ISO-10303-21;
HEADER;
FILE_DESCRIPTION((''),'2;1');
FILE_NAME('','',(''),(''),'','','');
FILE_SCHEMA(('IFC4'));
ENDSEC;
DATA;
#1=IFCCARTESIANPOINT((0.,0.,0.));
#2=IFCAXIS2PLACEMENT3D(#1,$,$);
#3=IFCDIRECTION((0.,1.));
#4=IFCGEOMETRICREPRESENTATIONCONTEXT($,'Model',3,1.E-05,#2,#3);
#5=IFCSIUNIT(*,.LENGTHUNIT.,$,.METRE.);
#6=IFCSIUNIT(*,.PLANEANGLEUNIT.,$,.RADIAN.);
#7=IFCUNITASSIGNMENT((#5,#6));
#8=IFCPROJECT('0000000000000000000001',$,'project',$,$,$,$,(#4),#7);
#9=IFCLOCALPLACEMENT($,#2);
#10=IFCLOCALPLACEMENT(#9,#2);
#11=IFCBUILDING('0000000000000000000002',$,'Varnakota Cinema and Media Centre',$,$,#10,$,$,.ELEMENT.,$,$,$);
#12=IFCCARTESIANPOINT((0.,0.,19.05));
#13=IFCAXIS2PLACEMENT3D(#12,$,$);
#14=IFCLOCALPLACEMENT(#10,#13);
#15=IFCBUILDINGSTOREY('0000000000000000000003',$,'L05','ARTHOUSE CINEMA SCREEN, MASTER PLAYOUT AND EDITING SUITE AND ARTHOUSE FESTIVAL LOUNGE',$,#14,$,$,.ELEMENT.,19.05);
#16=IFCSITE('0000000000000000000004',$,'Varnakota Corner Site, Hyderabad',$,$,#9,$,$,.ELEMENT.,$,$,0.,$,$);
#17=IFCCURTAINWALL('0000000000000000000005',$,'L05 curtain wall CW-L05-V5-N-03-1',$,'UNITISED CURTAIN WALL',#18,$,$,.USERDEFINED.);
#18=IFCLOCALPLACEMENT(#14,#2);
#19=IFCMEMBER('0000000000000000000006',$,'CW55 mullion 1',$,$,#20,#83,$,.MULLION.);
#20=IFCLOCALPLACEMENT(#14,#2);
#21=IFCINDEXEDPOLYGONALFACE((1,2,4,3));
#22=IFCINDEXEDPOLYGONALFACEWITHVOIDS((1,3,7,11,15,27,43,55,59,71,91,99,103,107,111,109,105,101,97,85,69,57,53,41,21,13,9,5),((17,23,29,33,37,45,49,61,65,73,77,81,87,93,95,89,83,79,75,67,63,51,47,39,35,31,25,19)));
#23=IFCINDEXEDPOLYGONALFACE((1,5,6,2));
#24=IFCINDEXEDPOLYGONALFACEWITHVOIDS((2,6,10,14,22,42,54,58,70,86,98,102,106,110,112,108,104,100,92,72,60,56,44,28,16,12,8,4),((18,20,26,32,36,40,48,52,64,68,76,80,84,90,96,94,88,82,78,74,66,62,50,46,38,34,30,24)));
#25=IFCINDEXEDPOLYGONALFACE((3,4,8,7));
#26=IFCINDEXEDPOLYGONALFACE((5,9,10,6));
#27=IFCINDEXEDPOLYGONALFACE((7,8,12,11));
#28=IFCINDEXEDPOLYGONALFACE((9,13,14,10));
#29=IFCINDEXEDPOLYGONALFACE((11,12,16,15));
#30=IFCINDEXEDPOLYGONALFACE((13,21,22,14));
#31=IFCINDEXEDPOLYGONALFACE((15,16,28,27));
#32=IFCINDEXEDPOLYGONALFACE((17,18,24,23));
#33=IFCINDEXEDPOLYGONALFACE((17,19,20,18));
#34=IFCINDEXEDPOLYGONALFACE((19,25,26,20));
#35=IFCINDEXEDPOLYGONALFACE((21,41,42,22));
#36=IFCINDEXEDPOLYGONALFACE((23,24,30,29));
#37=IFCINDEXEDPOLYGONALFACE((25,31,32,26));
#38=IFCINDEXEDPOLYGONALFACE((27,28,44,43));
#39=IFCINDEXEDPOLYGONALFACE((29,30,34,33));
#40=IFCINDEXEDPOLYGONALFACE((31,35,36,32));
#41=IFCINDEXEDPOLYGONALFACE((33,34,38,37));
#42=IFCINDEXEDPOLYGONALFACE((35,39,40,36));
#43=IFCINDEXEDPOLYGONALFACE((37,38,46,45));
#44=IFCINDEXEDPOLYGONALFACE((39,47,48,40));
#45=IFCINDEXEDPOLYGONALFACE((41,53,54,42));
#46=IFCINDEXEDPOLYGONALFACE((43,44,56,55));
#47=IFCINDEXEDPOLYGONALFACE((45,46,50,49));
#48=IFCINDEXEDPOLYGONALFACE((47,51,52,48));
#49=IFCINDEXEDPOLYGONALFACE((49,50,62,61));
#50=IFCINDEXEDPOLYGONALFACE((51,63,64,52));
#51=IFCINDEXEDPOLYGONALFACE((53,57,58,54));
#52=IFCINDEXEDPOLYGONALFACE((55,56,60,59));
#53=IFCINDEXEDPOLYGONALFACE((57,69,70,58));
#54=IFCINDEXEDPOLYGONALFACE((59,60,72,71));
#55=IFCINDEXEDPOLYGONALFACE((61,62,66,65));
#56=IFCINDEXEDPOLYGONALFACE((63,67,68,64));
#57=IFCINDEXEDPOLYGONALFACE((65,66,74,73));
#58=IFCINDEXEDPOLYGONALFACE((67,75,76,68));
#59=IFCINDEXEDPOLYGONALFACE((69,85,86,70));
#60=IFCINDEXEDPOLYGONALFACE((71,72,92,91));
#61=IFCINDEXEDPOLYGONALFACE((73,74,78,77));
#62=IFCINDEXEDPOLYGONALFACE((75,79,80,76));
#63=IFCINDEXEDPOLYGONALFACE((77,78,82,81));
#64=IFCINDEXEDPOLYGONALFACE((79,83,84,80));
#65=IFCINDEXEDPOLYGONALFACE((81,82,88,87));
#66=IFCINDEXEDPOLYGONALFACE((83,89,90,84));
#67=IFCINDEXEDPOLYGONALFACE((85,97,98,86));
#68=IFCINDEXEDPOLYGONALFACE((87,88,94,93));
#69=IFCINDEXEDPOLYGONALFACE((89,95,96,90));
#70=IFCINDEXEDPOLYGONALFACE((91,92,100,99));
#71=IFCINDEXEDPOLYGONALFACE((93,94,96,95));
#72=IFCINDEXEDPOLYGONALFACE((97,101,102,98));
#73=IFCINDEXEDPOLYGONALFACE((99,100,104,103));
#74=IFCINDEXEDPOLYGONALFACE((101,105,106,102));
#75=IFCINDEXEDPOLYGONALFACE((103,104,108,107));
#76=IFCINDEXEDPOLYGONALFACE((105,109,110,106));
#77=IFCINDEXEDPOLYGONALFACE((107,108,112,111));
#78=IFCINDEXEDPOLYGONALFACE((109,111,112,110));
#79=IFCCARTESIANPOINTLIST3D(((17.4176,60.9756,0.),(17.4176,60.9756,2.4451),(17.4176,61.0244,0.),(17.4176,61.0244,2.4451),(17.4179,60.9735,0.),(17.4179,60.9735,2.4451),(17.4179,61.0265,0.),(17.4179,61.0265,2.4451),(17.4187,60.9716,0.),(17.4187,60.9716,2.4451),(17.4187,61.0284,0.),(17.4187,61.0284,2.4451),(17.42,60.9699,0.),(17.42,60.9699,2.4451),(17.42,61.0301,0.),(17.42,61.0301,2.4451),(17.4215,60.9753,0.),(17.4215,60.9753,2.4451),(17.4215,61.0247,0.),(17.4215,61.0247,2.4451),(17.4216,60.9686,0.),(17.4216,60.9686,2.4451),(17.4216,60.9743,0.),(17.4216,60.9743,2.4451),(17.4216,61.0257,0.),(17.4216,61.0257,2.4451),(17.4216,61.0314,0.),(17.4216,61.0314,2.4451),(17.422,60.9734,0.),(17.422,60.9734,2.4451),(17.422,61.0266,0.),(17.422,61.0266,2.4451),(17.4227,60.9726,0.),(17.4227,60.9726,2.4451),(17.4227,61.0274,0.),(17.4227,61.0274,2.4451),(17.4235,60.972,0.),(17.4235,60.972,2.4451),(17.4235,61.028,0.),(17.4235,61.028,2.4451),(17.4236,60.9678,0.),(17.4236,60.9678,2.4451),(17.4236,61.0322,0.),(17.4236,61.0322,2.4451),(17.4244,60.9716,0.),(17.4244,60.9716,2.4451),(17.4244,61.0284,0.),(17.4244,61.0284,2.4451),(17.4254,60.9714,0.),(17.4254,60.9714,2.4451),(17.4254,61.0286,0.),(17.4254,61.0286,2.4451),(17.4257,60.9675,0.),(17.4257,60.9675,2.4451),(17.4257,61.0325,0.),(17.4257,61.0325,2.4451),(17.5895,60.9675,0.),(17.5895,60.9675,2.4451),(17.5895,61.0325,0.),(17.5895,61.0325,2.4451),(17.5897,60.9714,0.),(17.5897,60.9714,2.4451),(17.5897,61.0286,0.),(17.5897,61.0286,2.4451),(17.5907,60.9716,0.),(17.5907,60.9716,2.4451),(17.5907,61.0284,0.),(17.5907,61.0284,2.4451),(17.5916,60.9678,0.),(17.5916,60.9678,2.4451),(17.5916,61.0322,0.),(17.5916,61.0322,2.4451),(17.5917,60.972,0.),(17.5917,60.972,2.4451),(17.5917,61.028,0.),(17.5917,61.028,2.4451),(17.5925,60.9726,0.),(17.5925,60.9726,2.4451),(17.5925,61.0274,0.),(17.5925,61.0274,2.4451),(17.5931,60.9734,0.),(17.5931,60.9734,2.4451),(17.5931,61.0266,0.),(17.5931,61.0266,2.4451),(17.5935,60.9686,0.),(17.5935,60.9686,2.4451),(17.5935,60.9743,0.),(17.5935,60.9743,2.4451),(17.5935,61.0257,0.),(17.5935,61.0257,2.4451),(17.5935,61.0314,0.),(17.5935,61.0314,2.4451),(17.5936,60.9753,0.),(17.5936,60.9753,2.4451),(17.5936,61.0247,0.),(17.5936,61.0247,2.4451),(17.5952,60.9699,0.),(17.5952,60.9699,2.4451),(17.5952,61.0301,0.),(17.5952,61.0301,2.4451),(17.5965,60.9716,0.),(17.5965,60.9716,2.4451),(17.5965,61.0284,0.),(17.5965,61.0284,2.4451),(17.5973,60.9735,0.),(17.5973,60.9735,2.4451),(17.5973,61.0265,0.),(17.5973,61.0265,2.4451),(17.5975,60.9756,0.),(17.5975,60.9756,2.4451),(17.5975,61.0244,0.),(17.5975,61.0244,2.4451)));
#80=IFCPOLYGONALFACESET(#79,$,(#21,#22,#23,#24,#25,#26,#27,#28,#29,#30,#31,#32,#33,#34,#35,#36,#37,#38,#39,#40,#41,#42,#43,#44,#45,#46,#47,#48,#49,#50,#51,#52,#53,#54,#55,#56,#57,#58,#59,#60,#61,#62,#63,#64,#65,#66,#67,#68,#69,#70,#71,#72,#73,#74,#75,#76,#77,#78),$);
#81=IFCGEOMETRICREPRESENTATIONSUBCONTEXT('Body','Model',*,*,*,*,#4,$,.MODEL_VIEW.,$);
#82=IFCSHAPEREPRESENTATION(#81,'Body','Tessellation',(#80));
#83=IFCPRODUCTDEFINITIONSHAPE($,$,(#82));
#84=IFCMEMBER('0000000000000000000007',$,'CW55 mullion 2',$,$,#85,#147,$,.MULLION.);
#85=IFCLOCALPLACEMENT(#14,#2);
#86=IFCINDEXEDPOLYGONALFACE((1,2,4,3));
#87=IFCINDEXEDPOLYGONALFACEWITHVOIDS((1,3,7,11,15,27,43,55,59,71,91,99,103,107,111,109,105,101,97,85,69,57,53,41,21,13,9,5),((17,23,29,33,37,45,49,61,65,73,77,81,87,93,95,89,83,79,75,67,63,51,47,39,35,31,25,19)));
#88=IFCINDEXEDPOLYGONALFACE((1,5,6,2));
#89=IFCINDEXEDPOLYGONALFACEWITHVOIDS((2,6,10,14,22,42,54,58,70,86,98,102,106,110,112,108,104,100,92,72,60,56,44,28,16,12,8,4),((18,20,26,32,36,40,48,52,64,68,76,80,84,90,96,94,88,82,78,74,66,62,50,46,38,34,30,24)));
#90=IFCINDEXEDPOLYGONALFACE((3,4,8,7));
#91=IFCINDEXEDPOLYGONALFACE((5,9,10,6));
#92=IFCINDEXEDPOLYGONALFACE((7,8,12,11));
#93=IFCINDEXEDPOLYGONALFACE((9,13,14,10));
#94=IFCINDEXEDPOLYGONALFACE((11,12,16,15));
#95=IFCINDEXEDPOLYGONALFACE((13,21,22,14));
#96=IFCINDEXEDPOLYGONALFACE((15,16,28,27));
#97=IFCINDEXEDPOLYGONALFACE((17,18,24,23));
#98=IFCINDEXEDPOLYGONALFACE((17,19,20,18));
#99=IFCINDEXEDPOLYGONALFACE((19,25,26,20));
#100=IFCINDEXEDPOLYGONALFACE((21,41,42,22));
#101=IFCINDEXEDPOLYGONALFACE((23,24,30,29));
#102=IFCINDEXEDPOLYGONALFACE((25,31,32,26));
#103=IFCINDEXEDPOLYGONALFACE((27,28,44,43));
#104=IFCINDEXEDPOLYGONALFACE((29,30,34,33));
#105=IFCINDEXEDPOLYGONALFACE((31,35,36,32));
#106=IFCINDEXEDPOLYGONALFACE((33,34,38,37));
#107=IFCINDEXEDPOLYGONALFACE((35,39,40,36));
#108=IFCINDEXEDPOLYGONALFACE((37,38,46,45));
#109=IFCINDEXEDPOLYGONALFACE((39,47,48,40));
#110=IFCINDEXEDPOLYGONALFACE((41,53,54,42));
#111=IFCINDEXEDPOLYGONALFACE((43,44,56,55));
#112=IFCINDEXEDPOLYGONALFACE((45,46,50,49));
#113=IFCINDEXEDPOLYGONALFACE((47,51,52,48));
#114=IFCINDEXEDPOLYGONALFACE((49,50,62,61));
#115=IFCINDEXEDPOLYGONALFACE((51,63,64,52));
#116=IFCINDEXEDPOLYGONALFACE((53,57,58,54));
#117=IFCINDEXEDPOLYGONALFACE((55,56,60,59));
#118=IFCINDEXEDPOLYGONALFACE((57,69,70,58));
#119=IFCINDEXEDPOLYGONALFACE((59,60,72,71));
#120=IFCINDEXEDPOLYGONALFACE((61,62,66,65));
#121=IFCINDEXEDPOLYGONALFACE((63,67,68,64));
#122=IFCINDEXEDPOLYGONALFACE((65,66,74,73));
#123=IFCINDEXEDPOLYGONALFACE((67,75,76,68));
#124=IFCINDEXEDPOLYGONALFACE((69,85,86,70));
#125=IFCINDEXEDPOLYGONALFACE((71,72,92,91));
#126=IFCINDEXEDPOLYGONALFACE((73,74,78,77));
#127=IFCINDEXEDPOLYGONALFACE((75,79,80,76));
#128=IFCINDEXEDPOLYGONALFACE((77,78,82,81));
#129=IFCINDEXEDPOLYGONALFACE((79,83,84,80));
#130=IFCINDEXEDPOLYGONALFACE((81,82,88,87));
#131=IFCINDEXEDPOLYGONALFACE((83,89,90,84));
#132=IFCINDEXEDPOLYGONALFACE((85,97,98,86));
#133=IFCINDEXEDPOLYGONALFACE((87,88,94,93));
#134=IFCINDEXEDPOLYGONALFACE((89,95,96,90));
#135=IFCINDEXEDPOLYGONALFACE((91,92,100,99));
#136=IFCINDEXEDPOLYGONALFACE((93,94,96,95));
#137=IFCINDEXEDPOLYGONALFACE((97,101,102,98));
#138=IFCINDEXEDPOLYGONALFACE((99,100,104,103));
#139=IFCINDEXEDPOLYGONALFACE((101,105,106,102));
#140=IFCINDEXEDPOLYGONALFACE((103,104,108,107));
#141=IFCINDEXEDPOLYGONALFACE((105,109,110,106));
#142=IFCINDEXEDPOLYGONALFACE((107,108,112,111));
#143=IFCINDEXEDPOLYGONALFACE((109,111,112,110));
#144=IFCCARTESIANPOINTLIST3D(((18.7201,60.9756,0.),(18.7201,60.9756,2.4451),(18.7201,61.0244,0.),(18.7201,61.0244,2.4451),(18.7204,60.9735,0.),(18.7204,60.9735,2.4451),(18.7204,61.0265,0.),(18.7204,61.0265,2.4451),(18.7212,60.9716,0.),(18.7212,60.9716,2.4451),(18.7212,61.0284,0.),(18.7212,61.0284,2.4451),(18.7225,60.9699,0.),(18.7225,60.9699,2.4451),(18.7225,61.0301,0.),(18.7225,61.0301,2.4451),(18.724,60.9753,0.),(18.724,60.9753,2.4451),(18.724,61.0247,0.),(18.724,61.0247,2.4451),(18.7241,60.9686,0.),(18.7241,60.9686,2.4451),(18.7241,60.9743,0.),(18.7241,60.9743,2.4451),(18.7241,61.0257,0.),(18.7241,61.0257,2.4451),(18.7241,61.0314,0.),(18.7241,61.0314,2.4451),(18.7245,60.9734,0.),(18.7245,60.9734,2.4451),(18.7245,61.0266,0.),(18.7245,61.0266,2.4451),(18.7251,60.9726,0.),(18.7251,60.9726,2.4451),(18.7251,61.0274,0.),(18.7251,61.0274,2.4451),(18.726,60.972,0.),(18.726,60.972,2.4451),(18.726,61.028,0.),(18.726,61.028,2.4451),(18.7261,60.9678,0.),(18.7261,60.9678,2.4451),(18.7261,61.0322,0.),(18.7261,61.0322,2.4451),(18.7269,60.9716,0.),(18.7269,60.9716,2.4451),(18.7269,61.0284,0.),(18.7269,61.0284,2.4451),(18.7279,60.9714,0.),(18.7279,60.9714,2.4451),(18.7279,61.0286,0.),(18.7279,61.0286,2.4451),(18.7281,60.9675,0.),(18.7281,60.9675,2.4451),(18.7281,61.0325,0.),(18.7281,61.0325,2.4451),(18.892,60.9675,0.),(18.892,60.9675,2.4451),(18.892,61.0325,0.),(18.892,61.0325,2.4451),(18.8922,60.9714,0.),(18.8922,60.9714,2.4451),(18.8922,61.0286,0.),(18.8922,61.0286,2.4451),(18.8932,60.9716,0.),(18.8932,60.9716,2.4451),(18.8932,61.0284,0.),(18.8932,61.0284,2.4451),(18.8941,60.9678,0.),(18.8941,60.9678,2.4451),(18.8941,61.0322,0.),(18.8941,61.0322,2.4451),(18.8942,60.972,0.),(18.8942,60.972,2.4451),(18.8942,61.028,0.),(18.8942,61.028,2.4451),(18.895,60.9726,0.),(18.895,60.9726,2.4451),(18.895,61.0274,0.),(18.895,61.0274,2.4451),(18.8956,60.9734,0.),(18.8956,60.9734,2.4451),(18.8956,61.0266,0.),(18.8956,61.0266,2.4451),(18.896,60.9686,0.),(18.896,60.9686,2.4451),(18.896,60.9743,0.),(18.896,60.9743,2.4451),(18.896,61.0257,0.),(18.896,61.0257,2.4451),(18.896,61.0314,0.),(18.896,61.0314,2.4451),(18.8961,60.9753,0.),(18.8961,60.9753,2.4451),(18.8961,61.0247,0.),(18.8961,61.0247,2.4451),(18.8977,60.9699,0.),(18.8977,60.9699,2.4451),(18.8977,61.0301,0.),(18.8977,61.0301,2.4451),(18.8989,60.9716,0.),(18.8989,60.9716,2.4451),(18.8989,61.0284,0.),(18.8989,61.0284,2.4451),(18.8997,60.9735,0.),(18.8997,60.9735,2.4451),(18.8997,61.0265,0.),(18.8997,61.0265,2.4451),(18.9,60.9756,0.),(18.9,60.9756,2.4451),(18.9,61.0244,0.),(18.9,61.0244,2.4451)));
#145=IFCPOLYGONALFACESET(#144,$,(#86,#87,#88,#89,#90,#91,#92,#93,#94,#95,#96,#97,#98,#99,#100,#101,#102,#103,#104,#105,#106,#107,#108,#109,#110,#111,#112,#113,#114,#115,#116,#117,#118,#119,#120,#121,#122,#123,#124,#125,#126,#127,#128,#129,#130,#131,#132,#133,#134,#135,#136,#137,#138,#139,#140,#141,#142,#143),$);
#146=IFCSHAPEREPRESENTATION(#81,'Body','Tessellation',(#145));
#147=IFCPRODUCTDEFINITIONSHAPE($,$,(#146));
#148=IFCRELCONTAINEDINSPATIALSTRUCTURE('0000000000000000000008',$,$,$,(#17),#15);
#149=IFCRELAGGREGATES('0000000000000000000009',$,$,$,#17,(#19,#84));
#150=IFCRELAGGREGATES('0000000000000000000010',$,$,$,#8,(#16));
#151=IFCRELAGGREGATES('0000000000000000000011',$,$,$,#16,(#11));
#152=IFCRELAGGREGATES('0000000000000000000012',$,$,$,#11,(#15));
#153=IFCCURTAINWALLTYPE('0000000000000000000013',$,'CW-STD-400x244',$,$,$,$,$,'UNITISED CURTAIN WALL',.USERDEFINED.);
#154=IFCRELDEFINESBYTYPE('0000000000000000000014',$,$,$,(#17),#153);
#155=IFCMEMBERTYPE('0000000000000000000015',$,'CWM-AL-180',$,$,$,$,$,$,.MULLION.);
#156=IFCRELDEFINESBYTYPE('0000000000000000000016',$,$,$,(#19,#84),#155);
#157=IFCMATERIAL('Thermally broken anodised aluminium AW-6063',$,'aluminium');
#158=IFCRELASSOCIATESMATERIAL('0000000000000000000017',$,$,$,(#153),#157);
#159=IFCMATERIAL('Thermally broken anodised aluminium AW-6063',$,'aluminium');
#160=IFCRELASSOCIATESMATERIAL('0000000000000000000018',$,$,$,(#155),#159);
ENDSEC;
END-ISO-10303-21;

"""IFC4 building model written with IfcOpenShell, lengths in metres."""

from ifc_helpers import new_model, si_unit, direction, frame, origin, origin_2d, place, context, subcontext, project, spatial, hollow_rectangle, extrude, material, material_profile, profile_set, type_object, element, aggregate, save


model = new_model("IFC4")

# Units and contexts
model_context = context("Model", 3, precision=1e-05, world=origin(), true_north=direction((0.0, 1.0)))
body_context = subcontext(model_context, "Body", "Model", "MODEL_VIEW")
ifc_project = project(units=[si_unit("LENGTHUNIT", "METRE"), si_unit("PLANEANGLEUNIT", "RADIAN")], contexts=[model_context])

# Site, building, storey
site_placement = place(None, origin())
site = spatial("IfcSite", under=ifc_project, at=site_placement, Name="Varnakota Corner Site, Hyderabad", CompositionType="ELEMENT", RefElevation=0.0)
building_placement = place(site_placement, origin())
building = spatial("IfcBuilding", under=site, at=building_placement, Name="Varnakota Cinema and Media Centre", CompositionType="ELEMENT")
storey_placement = place(building_placement, frame((0.0, 0.0, 19.05)))
storey = spatial("IfcBuildingStorey", under=building, at=storey_placement, Name="L05", Description="ARTHOUSE CINEMA SCREEN, MASTER PLAYOUT AND EDITING SUITE AND ARTHOUSE FESTIVAL LOUNGE", CompositionType="ELEMENT", Elevation=19.05)

# Curtain wall, members
ifc_material_1 = material(Name="Thermally broken anodised aluminium AW-6063", Category="aluminium")
curtain_wall_type = type_object("IfcCurtainWallType", Name="CW-STD-400x244", ElementType="UNITISED CURTAIN WALL", PredefinedType="USERDEFINED", material=ifc_material_1)
curtain_wall_placement = place(storey_placement, origin())
curtain_wall = element("IfcCurtainWall", 1, at=curtain_wall_placement, inside=storey, type_object=curtain_wall_type, Name="L05 curtain wall CW-L05-V5-N-03-1", ObjectType="UNITISED CURTAIN WALL", PredefinedType="USERDEFINED")
ifc_material_2 = material(Name="Thermally broken anodised aluminium AW-6063", Category="aluminium")
ifc_material_profile_1 = material_profile(ifc_material_2, hollow_rectangle(XDim=0.0649, YDim=0.1799, WallThickness=0.0039, InnerFilletRadius=0.0039, OuterFilletRadius=0.0081, at=origin_2d()), Name="AL-MULLION 180x65x4")
ifc_profile_set_1 = profile_set([ifc_material_profile_1], Name="Thermally broken anodised aluminium AW-6063")
member_type_1 = type_object("IfcMemberType", Name="CWM-AL-180", PredefinedType="MULLION", material=ifc_profile_set_1)
member_1_placement = place(storey_placement, frame((17.5076, 61.0, 0.0), z_axis=(0.0, 0.0, 1.0), x_axis=(0.0, 1.0, 0.0)))
member_1 = element("IfcMember", 2, at=member_1_placement, type_object=member_type_1, Name="CW55 mullion 1", PredefinedType="MULLION", context=body_context, shape_type="SweptSolid", body=[
    extrude(hollow_rectangle(XDim=0.0649, YDim=0.1799, WallThickness=0.0039, InnerFilletRadius=0.0039, OuterFilletRadius=0.0081, at=origin_2d()), origin(), (0.0, 0.0, 1.0), 2.4451),
])
member_2_placement = place(storey_placement, frame((18.8101, 61.0, 0.0), z_axis=(0.0, 0.0, 1.0), x_axis=(0.0, 1.0, 0.0)))
member_2 = element("IfcMember", 3, at=member_2_placement, type_object=member_type_1, Name="CW55 mullion 2", PredefinedType="MULLION", context=body_context, shape_type="SweptSolid", body=[
    extrude(hollow_rectangle(XDim=0.0649, YDim=0.1799, WallThickness=0.0039, InnerFilletRadius=0.0039, OuterFilletRadius=0.0081, at=origin_2d()), origin(), (0.0, 0.0, 1.0), 2.4451),
])
aggregate(curtain_wall, [member_1, member_2])

save(model, "model.ifc")
